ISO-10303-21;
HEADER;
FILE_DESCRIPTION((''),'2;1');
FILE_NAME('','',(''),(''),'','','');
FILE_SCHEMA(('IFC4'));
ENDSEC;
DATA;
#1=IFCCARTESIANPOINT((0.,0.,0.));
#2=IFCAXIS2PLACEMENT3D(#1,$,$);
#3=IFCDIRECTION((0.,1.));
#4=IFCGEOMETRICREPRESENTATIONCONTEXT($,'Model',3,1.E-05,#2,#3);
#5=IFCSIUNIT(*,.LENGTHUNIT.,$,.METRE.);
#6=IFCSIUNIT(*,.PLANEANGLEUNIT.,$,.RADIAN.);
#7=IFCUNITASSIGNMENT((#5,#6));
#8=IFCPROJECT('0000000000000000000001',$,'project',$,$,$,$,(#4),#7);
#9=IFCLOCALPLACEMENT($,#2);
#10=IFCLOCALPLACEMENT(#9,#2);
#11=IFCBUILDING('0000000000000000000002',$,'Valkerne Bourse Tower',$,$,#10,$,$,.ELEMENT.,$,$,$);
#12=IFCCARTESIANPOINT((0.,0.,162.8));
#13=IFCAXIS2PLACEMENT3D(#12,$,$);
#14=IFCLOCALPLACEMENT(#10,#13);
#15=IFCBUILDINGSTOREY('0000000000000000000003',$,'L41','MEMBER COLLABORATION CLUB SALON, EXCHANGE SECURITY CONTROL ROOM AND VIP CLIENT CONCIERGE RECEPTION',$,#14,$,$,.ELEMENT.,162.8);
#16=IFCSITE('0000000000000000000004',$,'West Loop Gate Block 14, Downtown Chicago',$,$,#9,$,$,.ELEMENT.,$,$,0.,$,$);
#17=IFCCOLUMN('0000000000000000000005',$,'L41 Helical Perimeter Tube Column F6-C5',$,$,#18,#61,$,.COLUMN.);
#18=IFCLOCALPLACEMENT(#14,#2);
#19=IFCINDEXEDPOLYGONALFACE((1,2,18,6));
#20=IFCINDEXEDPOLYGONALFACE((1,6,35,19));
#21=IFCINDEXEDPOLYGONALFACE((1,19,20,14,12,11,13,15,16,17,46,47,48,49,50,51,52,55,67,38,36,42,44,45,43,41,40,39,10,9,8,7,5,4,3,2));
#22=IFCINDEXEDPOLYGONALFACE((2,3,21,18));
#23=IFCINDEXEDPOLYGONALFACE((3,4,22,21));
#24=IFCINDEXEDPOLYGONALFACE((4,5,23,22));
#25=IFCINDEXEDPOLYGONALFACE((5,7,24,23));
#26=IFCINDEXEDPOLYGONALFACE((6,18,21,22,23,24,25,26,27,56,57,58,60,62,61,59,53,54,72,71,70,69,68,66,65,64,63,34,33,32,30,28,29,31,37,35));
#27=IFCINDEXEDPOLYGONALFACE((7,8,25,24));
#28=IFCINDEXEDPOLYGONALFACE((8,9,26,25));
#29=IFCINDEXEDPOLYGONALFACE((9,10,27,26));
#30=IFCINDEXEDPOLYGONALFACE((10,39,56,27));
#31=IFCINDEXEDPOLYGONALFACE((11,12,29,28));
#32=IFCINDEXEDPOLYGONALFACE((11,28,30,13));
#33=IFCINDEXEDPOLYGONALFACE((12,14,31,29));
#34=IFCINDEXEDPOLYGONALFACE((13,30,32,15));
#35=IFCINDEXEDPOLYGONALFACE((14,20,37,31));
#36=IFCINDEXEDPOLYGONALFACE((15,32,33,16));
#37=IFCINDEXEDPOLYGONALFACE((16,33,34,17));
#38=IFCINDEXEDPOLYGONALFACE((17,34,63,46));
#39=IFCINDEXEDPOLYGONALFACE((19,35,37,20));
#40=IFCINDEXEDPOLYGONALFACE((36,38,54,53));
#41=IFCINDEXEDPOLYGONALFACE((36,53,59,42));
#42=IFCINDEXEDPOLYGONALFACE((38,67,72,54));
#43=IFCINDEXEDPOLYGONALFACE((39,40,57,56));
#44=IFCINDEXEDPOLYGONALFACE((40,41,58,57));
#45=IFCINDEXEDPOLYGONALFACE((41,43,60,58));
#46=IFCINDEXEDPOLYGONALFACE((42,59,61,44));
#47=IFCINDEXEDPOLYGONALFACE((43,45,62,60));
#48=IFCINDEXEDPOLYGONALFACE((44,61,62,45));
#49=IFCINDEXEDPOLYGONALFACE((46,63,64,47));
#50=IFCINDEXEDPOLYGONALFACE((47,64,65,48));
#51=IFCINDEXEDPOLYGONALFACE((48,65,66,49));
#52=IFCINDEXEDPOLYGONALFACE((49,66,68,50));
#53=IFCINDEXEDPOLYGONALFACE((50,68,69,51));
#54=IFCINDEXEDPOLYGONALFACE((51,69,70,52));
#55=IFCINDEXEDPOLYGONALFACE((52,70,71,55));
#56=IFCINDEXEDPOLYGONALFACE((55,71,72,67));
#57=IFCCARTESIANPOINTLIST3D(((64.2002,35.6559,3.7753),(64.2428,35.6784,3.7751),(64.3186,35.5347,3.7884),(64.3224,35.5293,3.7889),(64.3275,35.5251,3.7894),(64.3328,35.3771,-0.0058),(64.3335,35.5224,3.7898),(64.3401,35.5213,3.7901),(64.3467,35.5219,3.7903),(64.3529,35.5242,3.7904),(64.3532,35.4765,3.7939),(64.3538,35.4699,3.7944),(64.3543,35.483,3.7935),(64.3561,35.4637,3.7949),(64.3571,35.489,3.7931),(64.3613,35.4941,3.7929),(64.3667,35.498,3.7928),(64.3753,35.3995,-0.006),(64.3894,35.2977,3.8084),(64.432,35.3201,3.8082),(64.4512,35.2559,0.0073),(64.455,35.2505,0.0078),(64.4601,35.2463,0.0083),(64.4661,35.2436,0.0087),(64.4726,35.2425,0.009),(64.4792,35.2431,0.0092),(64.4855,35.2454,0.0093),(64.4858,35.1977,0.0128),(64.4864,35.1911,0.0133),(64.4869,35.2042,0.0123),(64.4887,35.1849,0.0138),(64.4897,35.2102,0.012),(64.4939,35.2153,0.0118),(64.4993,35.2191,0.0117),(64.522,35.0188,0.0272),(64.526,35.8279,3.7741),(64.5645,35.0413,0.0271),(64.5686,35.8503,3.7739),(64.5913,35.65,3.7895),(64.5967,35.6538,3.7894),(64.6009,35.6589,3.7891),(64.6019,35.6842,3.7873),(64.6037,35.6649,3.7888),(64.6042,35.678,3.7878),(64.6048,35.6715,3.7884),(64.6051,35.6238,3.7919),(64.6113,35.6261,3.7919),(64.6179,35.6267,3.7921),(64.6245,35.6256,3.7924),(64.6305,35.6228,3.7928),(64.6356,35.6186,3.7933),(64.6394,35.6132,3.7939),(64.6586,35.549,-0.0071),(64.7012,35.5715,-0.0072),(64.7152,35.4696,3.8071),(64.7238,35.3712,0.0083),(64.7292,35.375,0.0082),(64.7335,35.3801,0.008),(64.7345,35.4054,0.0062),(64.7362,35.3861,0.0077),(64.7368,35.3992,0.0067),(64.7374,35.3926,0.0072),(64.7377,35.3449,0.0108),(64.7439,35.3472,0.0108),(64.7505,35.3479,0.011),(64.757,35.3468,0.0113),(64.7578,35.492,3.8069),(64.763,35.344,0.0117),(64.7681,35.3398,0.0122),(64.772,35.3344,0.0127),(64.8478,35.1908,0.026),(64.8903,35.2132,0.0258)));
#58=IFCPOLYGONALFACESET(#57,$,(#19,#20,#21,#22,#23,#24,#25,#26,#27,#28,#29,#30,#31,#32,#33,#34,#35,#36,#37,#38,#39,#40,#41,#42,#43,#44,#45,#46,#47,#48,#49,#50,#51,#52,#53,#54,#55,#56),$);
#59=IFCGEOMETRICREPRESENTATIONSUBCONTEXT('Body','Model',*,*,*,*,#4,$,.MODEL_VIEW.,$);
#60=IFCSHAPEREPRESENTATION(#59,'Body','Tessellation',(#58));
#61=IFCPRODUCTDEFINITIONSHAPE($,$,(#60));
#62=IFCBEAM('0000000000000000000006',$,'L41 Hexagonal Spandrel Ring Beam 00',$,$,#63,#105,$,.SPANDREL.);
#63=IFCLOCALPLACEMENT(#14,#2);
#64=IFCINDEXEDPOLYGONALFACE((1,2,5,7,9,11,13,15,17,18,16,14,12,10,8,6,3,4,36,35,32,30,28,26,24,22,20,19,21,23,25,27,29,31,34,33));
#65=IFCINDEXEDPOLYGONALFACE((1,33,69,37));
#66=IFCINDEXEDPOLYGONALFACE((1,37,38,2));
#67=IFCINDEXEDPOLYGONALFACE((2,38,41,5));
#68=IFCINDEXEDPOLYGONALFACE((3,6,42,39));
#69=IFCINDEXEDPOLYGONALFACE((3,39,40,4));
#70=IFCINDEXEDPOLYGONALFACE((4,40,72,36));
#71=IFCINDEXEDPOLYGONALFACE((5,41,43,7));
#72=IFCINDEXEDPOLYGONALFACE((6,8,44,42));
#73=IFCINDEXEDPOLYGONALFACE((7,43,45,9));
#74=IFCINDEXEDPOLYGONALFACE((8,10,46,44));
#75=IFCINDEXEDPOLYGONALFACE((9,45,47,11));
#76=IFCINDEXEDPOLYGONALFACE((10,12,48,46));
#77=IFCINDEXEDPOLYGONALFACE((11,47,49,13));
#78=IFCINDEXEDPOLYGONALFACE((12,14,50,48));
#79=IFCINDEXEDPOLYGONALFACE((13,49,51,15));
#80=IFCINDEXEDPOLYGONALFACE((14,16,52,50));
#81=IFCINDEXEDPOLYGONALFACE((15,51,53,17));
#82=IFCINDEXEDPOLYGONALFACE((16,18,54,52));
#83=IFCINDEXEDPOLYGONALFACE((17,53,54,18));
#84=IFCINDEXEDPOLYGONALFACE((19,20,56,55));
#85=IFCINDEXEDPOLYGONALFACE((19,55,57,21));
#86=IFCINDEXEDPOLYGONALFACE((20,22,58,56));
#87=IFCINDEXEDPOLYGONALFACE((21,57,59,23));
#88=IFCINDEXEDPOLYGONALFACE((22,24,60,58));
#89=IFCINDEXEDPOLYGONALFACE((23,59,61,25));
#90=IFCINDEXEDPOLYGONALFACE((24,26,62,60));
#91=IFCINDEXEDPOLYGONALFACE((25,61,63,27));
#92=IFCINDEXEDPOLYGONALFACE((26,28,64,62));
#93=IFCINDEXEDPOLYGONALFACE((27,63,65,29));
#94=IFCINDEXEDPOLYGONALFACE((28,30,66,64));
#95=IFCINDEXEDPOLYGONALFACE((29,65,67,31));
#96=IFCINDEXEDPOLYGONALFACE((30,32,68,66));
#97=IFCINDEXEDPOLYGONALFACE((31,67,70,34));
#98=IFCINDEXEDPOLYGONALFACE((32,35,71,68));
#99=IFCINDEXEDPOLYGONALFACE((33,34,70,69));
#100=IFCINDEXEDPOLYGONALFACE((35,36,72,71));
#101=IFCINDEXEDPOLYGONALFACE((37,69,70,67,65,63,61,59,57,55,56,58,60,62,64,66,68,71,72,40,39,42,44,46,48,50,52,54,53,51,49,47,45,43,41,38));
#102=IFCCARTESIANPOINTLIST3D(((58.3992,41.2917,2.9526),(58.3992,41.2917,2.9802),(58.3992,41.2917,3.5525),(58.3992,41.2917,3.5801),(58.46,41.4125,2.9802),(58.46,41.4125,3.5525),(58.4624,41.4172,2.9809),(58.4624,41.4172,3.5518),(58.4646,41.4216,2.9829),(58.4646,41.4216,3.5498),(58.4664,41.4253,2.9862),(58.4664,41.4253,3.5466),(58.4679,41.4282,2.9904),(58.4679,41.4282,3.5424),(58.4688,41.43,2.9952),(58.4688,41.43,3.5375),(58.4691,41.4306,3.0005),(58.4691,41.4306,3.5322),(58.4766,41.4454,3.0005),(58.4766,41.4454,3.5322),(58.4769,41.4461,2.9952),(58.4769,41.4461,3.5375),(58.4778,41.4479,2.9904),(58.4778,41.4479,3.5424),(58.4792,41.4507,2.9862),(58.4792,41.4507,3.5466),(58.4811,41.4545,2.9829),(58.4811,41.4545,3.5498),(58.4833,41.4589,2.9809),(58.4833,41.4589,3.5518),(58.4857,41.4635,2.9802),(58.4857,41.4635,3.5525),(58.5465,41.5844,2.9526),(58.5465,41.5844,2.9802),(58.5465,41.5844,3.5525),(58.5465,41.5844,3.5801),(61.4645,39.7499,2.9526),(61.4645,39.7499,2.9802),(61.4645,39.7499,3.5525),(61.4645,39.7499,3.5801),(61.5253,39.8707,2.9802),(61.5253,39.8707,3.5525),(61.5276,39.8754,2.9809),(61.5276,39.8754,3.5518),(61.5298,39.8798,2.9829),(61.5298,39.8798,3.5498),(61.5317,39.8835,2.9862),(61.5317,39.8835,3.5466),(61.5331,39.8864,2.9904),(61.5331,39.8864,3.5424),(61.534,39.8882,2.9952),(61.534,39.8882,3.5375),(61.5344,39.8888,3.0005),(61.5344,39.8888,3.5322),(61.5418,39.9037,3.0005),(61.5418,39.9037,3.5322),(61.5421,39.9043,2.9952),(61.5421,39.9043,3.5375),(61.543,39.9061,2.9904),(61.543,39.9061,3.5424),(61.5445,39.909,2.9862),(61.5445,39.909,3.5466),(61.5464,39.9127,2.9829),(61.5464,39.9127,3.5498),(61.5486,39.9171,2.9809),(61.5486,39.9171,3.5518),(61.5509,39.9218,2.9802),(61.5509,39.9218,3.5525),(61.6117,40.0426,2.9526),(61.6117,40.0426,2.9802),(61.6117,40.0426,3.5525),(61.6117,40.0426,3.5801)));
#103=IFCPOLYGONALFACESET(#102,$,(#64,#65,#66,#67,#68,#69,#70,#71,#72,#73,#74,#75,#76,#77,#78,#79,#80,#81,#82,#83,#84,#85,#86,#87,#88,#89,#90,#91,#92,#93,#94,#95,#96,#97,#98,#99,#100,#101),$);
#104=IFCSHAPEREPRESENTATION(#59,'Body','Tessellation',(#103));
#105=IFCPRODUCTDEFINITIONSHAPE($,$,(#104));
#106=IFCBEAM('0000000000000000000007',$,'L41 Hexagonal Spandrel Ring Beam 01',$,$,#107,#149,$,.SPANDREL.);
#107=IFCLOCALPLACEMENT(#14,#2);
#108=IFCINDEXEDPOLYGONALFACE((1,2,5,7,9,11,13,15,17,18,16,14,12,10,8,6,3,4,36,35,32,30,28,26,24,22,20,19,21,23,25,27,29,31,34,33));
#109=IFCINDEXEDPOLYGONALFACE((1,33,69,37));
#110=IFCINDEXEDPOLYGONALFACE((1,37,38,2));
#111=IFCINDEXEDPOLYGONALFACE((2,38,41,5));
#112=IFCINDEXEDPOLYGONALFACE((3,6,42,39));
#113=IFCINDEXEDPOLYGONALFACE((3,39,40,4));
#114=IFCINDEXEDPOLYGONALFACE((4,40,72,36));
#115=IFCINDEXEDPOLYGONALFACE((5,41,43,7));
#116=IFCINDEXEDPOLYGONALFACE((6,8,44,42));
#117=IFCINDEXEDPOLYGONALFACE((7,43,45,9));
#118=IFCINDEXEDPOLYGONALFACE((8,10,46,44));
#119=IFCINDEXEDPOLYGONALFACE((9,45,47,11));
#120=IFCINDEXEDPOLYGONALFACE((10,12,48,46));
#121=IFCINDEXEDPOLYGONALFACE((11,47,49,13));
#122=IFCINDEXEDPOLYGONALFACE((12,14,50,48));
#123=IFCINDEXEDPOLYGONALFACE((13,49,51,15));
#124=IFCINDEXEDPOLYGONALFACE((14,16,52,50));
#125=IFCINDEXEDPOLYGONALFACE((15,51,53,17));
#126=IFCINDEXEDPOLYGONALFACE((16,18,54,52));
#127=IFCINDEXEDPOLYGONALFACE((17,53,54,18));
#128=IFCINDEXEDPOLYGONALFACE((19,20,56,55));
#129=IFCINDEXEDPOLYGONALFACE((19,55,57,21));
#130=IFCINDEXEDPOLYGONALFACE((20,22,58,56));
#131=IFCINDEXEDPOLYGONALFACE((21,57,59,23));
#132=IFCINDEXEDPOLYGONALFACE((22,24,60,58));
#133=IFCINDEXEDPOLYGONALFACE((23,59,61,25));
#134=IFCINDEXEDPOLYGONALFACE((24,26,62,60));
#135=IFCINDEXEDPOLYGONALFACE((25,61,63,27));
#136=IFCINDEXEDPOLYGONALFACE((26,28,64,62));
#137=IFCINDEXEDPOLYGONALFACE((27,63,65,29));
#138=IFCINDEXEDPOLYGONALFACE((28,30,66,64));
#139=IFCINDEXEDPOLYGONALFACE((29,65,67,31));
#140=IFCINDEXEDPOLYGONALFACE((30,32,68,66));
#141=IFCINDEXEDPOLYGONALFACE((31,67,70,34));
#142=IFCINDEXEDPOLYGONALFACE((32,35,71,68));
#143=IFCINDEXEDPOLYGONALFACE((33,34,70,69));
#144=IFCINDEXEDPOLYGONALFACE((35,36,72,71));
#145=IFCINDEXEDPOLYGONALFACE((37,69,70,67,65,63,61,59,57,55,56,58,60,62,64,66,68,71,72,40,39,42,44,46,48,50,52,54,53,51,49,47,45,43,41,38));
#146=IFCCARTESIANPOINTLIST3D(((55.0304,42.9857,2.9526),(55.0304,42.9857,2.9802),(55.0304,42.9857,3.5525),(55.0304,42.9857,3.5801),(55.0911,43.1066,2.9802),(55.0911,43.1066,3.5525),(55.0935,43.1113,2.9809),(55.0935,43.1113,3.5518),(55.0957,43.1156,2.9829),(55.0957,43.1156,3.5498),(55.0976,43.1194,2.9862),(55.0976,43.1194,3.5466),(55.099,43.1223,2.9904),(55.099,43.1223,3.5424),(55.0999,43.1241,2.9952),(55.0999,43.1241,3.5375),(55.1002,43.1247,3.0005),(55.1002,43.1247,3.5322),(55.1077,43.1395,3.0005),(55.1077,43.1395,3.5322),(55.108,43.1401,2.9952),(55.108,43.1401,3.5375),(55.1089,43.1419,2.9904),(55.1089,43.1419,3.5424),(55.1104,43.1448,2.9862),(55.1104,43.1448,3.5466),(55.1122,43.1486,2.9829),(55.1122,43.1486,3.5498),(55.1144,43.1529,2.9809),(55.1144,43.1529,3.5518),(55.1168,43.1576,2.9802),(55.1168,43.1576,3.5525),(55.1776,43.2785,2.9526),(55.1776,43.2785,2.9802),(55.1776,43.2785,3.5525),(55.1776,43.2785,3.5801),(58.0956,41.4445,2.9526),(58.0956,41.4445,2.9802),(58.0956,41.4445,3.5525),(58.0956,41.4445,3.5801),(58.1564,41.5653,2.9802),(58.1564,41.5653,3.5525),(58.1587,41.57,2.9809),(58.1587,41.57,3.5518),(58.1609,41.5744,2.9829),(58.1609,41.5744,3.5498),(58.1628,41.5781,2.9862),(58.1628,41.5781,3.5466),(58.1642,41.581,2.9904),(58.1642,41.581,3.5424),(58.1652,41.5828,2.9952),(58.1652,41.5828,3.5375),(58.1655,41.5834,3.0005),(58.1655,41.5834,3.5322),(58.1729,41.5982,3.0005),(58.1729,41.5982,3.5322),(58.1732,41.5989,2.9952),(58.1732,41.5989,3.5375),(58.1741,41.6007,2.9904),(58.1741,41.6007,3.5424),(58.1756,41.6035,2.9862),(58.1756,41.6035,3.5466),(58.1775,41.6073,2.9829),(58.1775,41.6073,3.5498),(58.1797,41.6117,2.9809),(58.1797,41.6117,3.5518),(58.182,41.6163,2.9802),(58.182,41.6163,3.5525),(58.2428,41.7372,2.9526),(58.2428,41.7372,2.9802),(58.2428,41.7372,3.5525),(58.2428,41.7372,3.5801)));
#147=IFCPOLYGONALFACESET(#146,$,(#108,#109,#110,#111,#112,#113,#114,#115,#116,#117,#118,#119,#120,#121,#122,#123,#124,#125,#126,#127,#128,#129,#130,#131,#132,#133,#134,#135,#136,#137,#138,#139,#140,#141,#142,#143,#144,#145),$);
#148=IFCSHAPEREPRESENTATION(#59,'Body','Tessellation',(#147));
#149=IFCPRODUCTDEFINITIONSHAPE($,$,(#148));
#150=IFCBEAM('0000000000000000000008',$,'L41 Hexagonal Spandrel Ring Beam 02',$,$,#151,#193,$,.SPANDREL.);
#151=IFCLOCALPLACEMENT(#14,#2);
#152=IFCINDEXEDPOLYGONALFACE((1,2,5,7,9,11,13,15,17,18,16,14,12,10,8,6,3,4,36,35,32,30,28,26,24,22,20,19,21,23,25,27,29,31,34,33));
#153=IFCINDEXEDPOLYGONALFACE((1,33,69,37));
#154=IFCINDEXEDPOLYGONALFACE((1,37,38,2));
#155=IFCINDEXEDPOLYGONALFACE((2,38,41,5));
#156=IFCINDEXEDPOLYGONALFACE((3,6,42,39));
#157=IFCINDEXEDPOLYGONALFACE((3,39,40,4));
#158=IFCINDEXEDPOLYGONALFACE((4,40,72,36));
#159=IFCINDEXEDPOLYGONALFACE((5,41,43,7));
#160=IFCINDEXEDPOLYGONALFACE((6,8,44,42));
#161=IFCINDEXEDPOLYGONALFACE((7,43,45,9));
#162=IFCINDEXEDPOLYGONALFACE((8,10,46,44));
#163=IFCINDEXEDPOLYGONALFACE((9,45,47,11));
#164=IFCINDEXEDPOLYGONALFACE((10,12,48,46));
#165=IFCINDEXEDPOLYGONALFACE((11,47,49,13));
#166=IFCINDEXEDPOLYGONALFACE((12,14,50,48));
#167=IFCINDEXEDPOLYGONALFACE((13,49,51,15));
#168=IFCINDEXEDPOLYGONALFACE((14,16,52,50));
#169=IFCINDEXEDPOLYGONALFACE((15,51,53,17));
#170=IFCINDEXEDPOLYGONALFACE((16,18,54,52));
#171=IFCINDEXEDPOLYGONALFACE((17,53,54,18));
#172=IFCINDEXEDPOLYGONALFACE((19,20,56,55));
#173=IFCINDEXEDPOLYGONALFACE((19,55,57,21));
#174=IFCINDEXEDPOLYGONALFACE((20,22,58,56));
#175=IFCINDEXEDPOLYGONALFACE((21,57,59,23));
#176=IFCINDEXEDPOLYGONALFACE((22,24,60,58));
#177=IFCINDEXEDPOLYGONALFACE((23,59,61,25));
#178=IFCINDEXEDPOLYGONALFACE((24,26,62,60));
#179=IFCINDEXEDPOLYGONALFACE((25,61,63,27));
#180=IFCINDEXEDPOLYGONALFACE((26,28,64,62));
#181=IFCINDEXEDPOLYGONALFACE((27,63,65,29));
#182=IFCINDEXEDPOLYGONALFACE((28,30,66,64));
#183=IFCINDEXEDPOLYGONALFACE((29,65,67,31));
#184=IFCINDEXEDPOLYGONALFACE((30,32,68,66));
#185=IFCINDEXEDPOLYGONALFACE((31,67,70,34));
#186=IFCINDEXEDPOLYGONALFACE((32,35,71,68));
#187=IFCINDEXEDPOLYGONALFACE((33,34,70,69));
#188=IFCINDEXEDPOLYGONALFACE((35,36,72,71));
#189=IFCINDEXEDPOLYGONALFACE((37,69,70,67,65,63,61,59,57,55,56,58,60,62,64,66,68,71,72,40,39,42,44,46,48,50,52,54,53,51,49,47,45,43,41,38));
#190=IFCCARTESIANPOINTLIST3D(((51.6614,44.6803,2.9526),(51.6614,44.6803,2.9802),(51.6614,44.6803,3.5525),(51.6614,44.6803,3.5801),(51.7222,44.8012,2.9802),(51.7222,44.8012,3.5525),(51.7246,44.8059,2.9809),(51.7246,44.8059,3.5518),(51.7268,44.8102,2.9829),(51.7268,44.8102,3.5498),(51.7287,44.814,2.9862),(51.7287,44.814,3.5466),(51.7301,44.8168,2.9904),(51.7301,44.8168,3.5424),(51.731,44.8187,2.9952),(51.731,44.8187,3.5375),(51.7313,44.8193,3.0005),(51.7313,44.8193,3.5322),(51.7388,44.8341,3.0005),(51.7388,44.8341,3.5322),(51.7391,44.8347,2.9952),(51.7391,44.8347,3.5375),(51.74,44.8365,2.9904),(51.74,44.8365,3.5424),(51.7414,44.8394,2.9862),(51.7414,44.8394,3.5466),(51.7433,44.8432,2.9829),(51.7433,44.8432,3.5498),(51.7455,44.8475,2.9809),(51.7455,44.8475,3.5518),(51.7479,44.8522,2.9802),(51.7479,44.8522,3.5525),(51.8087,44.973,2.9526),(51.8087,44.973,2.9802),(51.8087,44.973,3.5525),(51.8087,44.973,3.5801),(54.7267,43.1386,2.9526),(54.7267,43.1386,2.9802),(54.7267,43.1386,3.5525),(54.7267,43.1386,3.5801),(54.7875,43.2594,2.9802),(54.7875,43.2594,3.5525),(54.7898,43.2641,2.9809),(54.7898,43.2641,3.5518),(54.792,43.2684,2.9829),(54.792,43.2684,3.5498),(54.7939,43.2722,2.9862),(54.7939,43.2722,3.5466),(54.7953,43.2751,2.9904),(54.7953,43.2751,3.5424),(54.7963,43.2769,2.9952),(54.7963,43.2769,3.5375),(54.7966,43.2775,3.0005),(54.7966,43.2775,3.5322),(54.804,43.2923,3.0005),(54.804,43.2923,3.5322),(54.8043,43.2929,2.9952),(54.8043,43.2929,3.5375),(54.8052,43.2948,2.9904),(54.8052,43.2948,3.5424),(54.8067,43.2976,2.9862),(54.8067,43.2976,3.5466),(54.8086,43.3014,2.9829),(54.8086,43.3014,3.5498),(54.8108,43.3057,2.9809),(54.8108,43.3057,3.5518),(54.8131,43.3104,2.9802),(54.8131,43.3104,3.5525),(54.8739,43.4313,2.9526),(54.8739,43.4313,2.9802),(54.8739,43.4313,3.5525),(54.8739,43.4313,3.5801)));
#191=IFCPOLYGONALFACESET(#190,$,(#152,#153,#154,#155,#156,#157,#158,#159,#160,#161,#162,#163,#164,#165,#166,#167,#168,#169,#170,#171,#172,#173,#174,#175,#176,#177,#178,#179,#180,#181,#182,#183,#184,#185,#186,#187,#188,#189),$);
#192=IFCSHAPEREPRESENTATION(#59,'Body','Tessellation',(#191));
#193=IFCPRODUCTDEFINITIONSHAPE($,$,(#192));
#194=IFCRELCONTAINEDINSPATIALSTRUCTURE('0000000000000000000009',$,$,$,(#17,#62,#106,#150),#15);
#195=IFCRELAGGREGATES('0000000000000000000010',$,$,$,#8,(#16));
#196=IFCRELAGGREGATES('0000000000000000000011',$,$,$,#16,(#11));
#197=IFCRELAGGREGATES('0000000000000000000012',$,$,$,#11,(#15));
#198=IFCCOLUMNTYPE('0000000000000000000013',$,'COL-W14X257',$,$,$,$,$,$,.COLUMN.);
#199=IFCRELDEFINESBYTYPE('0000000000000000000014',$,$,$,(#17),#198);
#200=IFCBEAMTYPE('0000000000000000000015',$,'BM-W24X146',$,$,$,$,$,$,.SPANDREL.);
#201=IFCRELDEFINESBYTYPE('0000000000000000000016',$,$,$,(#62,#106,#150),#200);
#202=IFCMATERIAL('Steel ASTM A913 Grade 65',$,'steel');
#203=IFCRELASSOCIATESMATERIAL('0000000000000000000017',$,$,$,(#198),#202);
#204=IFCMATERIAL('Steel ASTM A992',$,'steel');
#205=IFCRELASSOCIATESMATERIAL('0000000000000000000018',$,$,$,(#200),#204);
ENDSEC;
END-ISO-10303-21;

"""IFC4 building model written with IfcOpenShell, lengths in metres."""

from ifc_helpers import new_model, si_unit, direction, frame, origin, origin_2d, place, context, subcontext, project, spatial, i_section, extrude, material, material_profile, profile_set, type_object, element, save


model = new_model("IFC4")

# Units and contexts
model_context = context("Model", 3, precision=1e-05, world=origin(), true_north=direction((0.0, 1.0)))
body_context = subcontext(model_context, "Body", "Model", "MODEL_VIEW")
ifc_project = project(units=[si_unit("LENGTHUNIT", "METRE"), si_unit("PLANEANGLEUNIT", "RADIAN")], contexts=[model_context])

# Site, building, storey
site_placement = place(None, origin())
site = spatial("IfcSite", under=ifc_project, at=site_placement, Name="West Loop Gate Block 14, Downtown Chicago", CompositionType="ELEMENT", RefElevation=0.0)
building_placement = place(site_placement, origin())
building = spatial("IfcBuilding", under=site, at=building_placement, Name="Valkerne Bourse Tower", CompositionType="ELEMENT")
storey_placement = place(building_placement, frame((0.0, 0.0, 162.8)))
storey = spatial("IfcBuildingStorey", under=building, at=storey_placement, Name="L41", Description="MEMBER COLLABORATION CLUB SALON, EXCHANGE SECURITY CONTROL ROOM AND VIP CLIENT CONCIERGE RECEPTION", CompositionType="ELEMENT", Elevation=162.8)

# Column
ifc_material_1 = material(Name="Steel ASTM A913 Grade 65", Category="steel")
ifc_material_profile_1 = material_profile(ifc_material_1, i_section(OverallWidth=0.4065, OverallDepth=0.4165, WebThickness=0.0298, FlangeThickness=0.0481, FilletRadius=0.0254, at=origin_2d()), Name="W14X257")
ifc_profile_set_1 = profile_set([ifc_material_profile_1], Name="Steel ASTM A913 Grade 65")
column_type = type_object("IfcColumnType", Name="COL-W14X257", PredefinedType="COLUMN", material=ifc_profile_set_1)
column_1_placement = place(storey_placement, frame((64.6116, 35.2952, 0.01), z_axis=(-0.034945, 0.073495, 0.996683), x_axis=(0.46543, -0.881342, 0.081308)))
element("IfcColumn", 1, at=column_1_placement, inside=storey, type_object=column_type, Name="L41 Helical Perimeter Tube Column F6-C5", PredefinedType="COLUMN", context=body_context, shape_type="SweptSolid", body=[
    extrude(i_section(OverallWidth=0.4065, OverallDepth=0.4165, WebThickness=0.0298, FlangeThickness=0.0481, FilletRadius=0.0254, at=origin_2d()), origin(), (0.0, 0.0, 1.0), 3.7937),
])

# Beams
ifc_material_2 = material(Name="Steel ASTM A992", Category="steel")
ifc_material_profile_2 = material_profile(ifc_material_2, i_section(OverallWidth=0.3276, OverallDepth=0.6274, WebThickness=0.0166, FlangeThickness=0.0276, FilletRadius=0.0203, at=origin_2d()), Name="W24X146")
ifc_profile_set_2 = profile_set([ifc_material_profile_2], Name="Steel ASTM A992")
beam_type = type_object("IfcBeamType", Name="BM-W24X146", PredefinedType="SPANDREL", material=ifc_profile_set_2)
beam_1_placement = place(storey_placement, frame((61.5381, 39.8962, 3.2664), z_axis=(-0.893357, 0.449347, 0.0), x_axis=(-0.449347, -0.893357, 0.0)))
element("IfcBeam", 2, at=beam_1_placement, inside=storey, type_object=beam_type, Name="L41 Hexagonal Spandrel Ring Beam 00", PredefinedType="SPANDREL", context=body_context, shape_type="SweptSolid", body=[
    extrude(i_section(OverallWidth=0.3276, OverallDepth=0.6274, WebThickness=0.0166, FlangeThickness=0.0276, FilletRadius=0.0203, at=origin_2d()), origin(), (0.0, 0.0, 1.0), 3.4312),
])
beam_2_placement = place(storey_placement, frame((58.1692, 41.5908, 3.2664), z_axis=(-0.893414, 0.449233, 0.0), x_axis=(-0.449233, -0.893414, 0.0)))
element("IfcBeam", 3, at=beam_2_placement, inside=storey, type_object=beam_type, Name="L41 Hexagonal Spandrel Ring Beam 01", PredefinedType="SPANDREL", context=body_context, shape_type="SweptSolid", body=[
    extrude(i_section(OverallWidth=0.3276, OverallDepth=0.6274, WebThickness=0.0166, FlangeThickness=0.0276, FilletRadius=0.0203, at=origin_2d()), origin(), (0.0, 0.0, 1.0), 3.4309),
])
beam_3_placement = place(storey_placement, frame((54.8003, 43.2849, 3.2664), z_axis=(-0.893357, 0.449347, 0.0), x_axis=(-0.449347, -0.893357, 0.0)))
element("IfcBeam", 4, at=beam_3_placement, inside=storey, type_object=beam_type, Name="L41 Hexagonal Spandrel Ring Beam 02", PredefinedType="SPANDREL", context=body_context, shape_type="SweptSolid", body=[
    extrude(i_section(OverallWidth=0.3276, OverallDepth=0.6274, WebThickness=0.0166, FlangeThickness=0.0276, FilletRadius=0.0203, at=origin_2d()), origin(), (0.0, 0.0, 1.0), 3.4312),
])

save(model, "model.ifc")
